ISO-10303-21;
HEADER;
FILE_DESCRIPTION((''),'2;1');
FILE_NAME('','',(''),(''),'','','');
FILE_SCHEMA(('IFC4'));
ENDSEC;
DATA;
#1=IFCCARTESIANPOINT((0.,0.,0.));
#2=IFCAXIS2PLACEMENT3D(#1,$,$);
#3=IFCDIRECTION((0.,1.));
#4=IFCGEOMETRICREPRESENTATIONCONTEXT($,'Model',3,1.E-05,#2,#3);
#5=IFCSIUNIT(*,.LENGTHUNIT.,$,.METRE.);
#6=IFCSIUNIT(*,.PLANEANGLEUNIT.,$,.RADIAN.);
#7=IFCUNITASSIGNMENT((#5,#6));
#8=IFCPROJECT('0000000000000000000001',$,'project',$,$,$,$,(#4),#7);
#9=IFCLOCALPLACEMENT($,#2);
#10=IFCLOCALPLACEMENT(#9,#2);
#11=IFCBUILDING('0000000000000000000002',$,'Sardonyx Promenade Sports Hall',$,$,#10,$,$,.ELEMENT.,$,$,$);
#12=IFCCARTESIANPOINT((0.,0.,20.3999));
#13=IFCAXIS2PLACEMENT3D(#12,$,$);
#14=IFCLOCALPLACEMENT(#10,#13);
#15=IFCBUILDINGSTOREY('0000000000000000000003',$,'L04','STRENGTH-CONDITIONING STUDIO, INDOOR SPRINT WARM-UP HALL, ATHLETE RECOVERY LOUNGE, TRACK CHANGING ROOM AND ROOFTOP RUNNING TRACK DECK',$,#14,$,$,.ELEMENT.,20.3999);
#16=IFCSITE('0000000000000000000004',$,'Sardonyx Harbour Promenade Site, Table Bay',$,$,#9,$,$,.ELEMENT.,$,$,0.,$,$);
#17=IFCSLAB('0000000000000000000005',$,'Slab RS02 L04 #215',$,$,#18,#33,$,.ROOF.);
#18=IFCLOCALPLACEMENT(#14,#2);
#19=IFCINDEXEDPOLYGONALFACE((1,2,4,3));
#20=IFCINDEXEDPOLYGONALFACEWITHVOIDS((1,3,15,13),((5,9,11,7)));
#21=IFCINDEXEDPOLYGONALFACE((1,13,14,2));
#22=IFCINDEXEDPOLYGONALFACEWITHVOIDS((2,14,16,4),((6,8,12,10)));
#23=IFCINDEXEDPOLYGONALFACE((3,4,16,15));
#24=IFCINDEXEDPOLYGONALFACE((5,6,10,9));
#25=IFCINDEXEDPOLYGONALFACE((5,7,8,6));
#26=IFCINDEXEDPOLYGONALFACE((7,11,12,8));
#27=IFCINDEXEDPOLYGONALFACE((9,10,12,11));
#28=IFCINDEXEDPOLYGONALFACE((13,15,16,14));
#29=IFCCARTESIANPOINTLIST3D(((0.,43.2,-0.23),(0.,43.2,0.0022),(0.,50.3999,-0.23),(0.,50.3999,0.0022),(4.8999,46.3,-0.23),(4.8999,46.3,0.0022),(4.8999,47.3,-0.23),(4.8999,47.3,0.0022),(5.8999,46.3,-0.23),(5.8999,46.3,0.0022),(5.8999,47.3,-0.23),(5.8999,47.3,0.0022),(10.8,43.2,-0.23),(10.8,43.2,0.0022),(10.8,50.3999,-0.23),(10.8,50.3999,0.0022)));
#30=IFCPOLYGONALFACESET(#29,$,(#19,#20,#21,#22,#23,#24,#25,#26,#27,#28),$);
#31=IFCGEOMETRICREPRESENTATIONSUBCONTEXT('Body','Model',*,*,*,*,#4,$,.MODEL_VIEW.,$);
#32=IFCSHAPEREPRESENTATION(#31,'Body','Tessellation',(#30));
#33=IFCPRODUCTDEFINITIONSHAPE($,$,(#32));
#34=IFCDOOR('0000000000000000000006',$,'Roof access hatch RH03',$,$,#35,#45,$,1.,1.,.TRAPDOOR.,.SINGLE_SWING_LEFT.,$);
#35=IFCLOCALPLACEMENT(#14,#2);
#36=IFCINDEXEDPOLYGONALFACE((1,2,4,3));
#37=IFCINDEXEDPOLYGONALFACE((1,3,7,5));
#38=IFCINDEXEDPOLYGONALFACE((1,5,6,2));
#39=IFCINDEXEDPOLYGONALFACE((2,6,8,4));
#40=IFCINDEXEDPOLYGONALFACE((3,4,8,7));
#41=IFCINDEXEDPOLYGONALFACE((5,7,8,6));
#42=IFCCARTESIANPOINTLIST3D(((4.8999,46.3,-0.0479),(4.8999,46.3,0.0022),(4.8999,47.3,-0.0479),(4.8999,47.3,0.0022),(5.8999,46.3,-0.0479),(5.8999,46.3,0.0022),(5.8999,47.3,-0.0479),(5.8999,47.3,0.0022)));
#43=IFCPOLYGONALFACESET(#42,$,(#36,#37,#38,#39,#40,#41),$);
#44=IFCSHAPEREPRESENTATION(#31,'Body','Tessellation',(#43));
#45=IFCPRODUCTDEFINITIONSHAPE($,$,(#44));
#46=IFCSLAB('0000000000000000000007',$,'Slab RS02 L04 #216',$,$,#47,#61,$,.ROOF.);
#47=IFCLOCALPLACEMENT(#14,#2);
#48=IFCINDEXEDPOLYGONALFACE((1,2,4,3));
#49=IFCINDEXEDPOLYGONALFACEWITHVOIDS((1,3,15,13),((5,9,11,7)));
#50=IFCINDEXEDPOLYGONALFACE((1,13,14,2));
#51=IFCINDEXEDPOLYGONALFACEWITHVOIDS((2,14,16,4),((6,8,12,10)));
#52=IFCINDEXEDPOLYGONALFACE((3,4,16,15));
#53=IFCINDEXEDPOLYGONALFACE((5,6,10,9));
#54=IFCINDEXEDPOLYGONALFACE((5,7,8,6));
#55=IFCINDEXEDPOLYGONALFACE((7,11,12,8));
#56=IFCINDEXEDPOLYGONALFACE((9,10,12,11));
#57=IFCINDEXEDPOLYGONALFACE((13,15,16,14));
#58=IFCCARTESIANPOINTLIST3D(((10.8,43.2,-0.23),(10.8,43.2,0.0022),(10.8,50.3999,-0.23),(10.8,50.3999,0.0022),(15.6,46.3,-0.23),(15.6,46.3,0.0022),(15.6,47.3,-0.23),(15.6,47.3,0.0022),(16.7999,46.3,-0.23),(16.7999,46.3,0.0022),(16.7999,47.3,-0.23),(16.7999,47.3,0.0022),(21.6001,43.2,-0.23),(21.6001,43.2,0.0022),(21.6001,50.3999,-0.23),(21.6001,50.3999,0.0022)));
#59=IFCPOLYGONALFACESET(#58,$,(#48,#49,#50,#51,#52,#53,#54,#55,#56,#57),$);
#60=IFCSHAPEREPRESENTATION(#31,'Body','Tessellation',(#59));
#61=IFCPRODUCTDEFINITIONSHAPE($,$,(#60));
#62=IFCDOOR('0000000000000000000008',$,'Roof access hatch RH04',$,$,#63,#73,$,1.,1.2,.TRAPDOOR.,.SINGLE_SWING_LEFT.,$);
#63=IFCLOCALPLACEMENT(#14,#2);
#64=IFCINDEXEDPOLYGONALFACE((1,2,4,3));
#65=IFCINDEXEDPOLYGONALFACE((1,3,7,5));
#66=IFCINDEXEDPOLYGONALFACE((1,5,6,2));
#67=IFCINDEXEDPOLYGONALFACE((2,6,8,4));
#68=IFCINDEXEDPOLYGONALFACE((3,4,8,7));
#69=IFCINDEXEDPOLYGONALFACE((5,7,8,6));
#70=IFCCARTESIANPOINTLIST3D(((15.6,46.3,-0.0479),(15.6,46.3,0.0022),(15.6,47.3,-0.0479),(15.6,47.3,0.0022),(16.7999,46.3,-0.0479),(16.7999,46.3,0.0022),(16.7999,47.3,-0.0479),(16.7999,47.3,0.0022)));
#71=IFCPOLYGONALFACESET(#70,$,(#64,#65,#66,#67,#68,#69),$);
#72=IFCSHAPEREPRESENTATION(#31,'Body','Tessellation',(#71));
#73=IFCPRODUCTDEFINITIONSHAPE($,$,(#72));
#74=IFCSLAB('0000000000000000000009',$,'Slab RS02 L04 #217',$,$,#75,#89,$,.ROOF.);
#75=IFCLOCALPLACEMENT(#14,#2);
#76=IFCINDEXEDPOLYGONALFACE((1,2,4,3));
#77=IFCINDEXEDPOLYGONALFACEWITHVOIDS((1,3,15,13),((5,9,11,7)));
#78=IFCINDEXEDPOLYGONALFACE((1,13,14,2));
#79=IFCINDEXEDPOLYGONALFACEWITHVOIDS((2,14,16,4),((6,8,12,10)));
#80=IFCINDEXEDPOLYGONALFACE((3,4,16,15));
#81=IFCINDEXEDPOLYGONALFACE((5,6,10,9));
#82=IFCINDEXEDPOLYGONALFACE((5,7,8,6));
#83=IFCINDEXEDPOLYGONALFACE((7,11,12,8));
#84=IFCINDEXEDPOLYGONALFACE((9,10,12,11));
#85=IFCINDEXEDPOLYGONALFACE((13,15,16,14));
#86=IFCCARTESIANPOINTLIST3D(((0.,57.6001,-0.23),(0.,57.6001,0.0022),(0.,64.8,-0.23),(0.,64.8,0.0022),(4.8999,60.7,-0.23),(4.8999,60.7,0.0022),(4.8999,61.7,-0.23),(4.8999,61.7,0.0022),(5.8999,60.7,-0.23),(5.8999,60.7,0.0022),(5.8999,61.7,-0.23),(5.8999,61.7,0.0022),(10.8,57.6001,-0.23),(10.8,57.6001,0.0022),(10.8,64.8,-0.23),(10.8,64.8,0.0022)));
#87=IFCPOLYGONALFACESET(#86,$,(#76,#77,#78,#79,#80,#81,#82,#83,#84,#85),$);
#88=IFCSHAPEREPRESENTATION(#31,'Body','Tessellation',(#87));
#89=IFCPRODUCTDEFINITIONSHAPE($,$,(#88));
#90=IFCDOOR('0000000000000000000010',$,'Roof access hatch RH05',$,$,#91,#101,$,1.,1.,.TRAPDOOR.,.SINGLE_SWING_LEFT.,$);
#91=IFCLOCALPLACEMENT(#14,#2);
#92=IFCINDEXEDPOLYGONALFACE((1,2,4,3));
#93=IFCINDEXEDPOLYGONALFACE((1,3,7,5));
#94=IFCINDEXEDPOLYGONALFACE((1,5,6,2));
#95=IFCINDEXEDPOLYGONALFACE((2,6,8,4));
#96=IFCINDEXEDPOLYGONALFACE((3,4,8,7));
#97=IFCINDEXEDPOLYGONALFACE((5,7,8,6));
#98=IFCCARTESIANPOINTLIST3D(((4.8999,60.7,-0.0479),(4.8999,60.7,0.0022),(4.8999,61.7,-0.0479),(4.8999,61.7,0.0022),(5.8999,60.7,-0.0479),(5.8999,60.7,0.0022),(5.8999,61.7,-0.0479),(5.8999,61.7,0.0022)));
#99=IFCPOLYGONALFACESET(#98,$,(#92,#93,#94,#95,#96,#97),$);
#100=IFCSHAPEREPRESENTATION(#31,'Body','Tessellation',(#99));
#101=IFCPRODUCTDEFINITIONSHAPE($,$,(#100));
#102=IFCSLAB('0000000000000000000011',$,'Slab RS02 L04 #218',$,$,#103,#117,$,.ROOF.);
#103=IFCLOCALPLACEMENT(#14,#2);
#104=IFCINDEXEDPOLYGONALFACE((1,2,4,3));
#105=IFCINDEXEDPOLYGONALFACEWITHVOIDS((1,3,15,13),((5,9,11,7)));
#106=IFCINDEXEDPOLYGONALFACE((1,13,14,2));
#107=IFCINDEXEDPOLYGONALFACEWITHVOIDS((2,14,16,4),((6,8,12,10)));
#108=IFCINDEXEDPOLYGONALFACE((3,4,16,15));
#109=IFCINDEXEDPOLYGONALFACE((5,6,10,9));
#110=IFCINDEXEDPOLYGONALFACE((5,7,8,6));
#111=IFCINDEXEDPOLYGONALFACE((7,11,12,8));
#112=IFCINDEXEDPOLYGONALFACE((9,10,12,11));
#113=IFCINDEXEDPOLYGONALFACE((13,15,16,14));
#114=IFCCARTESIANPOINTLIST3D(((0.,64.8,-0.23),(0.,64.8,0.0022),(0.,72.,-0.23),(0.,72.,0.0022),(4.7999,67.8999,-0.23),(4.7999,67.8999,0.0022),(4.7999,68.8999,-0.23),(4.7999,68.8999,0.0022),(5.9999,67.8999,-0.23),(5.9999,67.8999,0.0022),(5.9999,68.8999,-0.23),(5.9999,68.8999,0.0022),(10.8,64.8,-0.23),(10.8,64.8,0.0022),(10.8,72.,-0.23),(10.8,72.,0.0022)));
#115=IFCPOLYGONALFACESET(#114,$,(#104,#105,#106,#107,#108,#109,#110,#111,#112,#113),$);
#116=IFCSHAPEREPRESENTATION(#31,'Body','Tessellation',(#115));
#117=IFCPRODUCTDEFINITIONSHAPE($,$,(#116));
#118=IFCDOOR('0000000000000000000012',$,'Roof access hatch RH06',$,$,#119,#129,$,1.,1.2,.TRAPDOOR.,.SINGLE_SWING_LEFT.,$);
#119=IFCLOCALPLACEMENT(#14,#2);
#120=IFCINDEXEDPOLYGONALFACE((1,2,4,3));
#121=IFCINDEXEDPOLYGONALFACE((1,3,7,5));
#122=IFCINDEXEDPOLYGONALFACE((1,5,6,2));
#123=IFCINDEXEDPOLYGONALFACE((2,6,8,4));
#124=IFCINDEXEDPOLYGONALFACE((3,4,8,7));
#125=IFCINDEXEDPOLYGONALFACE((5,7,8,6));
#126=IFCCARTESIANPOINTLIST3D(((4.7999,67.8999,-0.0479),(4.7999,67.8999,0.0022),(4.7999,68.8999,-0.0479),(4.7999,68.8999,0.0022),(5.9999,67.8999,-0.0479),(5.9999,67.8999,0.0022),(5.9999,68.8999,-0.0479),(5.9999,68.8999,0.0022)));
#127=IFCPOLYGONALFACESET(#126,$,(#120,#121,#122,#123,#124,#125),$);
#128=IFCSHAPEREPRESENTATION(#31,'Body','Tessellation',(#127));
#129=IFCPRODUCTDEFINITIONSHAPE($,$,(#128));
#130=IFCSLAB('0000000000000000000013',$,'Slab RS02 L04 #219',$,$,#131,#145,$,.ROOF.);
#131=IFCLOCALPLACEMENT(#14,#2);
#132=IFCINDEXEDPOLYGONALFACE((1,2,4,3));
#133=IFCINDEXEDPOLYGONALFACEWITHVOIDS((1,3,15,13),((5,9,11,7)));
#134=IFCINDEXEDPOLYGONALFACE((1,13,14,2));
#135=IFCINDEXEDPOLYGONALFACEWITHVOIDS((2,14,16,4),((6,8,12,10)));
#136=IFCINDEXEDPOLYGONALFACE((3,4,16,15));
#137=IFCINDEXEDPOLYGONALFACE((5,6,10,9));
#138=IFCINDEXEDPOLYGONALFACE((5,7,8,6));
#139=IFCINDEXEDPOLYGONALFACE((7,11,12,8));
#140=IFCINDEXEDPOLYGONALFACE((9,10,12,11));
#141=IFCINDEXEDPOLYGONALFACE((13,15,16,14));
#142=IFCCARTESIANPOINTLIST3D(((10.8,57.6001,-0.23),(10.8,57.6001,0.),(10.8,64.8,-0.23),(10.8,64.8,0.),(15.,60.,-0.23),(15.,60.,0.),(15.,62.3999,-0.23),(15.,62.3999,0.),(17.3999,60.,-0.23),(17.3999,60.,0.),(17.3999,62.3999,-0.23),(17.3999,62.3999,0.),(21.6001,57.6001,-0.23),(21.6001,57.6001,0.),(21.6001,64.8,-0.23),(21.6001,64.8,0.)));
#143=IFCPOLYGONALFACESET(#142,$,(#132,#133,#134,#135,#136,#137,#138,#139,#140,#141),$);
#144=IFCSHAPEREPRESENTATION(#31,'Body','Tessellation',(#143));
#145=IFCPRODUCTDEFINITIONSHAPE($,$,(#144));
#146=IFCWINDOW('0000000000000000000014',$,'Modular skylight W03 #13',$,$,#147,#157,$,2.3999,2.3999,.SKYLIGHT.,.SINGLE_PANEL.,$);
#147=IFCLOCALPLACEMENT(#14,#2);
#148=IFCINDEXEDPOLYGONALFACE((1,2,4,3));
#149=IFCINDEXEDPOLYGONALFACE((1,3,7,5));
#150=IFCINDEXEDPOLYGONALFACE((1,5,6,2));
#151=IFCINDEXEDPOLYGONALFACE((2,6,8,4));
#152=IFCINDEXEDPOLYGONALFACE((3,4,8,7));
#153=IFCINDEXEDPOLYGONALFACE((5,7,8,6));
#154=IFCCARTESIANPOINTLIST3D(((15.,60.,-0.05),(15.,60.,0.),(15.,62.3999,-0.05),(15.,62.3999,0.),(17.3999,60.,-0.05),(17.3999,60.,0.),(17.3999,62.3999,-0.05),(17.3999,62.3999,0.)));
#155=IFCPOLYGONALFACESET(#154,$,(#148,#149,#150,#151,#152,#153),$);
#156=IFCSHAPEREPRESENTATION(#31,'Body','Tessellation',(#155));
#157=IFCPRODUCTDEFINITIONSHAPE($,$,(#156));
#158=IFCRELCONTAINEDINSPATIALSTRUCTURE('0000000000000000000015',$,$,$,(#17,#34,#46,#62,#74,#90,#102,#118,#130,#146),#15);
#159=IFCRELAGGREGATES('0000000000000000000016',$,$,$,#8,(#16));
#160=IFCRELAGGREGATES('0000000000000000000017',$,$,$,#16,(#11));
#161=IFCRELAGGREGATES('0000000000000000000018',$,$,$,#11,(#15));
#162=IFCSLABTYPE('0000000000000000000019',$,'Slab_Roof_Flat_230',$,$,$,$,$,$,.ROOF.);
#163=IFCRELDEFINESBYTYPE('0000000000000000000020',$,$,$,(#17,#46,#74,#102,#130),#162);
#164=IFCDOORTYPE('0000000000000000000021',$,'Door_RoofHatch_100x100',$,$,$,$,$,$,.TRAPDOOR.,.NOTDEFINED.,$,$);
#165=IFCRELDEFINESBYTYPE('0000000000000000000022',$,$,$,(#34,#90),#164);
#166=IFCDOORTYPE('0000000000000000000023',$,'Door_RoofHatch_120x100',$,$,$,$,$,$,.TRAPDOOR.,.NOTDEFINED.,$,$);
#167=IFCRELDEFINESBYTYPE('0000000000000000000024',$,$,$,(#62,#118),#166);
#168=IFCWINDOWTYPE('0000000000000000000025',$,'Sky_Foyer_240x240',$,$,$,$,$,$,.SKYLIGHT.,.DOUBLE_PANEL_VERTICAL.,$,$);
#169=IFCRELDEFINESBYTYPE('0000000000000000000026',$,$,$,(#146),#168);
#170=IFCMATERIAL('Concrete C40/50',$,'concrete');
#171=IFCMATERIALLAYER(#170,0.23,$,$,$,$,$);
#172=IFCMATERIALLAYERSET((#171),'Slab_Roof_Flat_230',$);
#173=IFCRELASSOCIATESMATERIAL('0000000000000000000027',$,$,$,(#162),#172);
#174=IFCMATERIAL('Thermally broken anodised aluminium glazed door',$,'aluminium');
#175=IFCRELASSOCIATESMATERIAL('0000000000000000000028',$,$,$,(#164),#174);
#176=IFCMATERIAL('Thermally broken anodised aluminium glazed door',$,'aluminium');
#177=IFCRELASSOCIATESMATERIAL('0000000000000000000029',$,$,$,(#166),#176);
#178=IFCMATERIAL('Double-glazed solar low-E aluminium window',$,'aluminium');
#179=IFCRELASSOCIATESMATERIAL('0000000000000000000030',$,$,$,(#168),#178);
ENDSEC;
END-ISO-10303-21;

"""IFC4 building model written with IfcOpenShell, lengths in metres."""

from ifc_helpers import new_model, si_unit, direction, frame, origin, origin_2d, place, context, subcontext, project, spatial, polyline, rectangle, outline, extrude, material, layer, layer_set, type_object, element, fill, save


model = new_model("IFC4")

# Units and contexts
model_context = context("Model", 3, precision=1e-05, world=origin(), true_north=direction((0.0, 1.0)))
body_context = subcontext(model_context, "Body", "Model", "MODEL_VIEW")
ifc_project = project(units=[si_unit("LENGTHUNIT", "METRE"), si_unit("PLANEANGLEUNIT", "RADIAN")], contexts=[model_context])

# Site, building, storey
site_placement = place(None, origin())
site = spatial("IfcSite", under=ifc_project, at=site_placement, Name="Sardonyx Harbour Promenade Site, Table Bay", CompositionType="ELEMENT", RefElevation=0.0)
building_placement = place(site_placement, origin())
building = spatial("IfcBuilding", under=site, at=building_placement, Name="Sardonyx Promenade Sports Hall", CompositionType="ELEMENT")
storey_placement = place(building_placement, frame((0.0, 0.0, 20.3999)))
storey = spatial("IfcBuildingStorey", under=building, at=storey_placement, Name="L04", Description="STRENGTH-CONDITIONING STUDIO, INDOOR SPRINT WARM-UP HALL, ATHLETE RECOVERY LOUNGE, TRACK CHANGING ROOM AND ROOFTOP RUNNING TRACK DECK", CompositionType="ELEMENT", Elevation=20.3999)

# Slabs, openings, doors
ifc_material_1 = material(Name="Concrete C40/50", Category="concrete")
ifc_layer_1 = layer(ifc_material_1, 0.23)
ifc_layer_set_1 = layer_set([ifc_layer_1], Name="Slab_Roof_Flat_230")
slab_type_1 = type_object("IfcSlabType", Name="Slab_Roof_Flat_230", PredefinedType="ROOF", material=ifc_layer_set_1)
ifc_material_2 = material(Name="Thermally broken anodised aluminium glazed door", Category="aluminium")
door_type_1 = type_object("IfcDoorType", Name="Door_RoofHatch_100x100", OperationType="NOTDEFINED", PredefinedType="TRAPDOOR", material=ifc_material_2)
ifc_material_3 = material(Name="Thermally broken anodised aluminium glazed door", Category="aluminium")
door_type_2 = type_object("IfcDoorType", Name="Door_RoofHatch_120x100", OperationType="NOTDEFINED", PredefinedType="TRAPDOOR", material=ifc_material_3)
slab_1_placement = place(storey_placement, frame((0.0, 0.0, -0.23)))
slab_1 = element("IfcSlab", 1, at=slab_1_placement, inside=storey, type_object=slab_type_1, Name="Slab RS02 L04 #215", PredefinedType="ROOF", context=body_context, shape_type="SweptSolid", body=[
    extrude(outline(polyline([(0.0, 43.2), (10.8, 43.2), (10.8, 50.3999), (0.0, 50.3999), (0.0, 43.2)])), origin(), (0.0, 0.0, 1.0), 0.2322),
])
opening_1_placement = place(slab_1_placement, frame((5.3999, 46.8, 0.0)))
opening_1 = element("IfcOpeningElement", 2, at=opening_1_placement, cuts=slab_1, PredefinedType="OPENING", context=body_context, shape_type="SweptSolid", body=[
    extrude(rectangle(XDim=1.0, YDim=1.0, at=origin_2d()), origin(), (0.0, 0.0, 1.0), 0.2322),
])
door_1_placement = place(opening_1_placement, frame((0.0, 0.0, 0.1821)))
door_1 = element("IfcDoor", 3, at=door_1_placement, inside=storey, type_object=door_type_1, Name="Roof access hatch RH03", OperationType="SINGLE_SWING_LEFT", OverallHeight=1.0, OverallWidth=1.0, PredefinedType="TRAPDOOR", context=body_context, shape_type="SweptSolid", body=[
    extrude(rectangle(XDim=1.0, YDim=1.0, at=origin_2d()), origin(), (0.0, 0.0, 1.0), 0.05),
])
fill(opening_1, door_1)
slab_2_placement = place(storey_placement, frame((0.0, 0.0, -0.23)))
slab_2 = element("IfcSlab", 4, at=slab_2_placement, inside=storey, type_object=slab_type_1, Name="Slab RS02 L04 #216", PredefinedType="ROOF", context=body_context, shape_type="SweptSolid", body=[
    extrude(outline(polyline([(10.8, 43.2), (21.6001, 43.2), (21.6001, 50.3999), (10.8, 50.3999), (10.8, 43.2)])), origin(), (0.0, 0.0, 1.0), 0.2322),
])
opening_2_placement = place(slab_2_placement, frame((16.2, 46.8, 0.0)))
opening_2 = element("IfcOpeningElement", 5, at=opening_2_placement, cuts=slab_2, PredefinedType="OPENING", context=body_context, shape_type="SweptSolid", body=[
    extrude(rectangle(XDim=1.2, YDim=1.0, at=origin_2d()), origin(), (0.0, 0.0, 1.0), 0.2322),
])
door_2_placement = place(opening_2_placement, frame((0.0, 0.0, 0.1821)))
door_2 = element("IfcDoor", 6, at=door_2_placement, inside=storey, type_object=door_type_2, Name="Roof access hatch RH04", OperationType="SINGLE_SWING_LEFT", OverallHeight=1.0, OverallWidth=1.2, PredefinedType="TRAPDOOR", context=body_context, shape_type="SweptSolid", body=[
    extrude(rectangle(XDim=1.2, YDim=1.0, at=origin_2d()), origin(), (0.0, 0.0, 1.0), 0.05),
])
fill(opening_2, door_2)
slab_3_placement = place(storey_placement, frame((0.0, 0.0, -0.23)))
slab_3 = element("IfcSlab", 7, at=slab_3_placement, inside=storey, type_object=slab_type_1, Name="Slab RS02 L04 #217", PredefinedType="ROOF", context=body_context, shape_type="SweptSolid", body=[
    extrude(outline(polyline([(0.0, 57.6001), (10.8, 57.6001), (10.8, 64.8), (0.0, 64.8), (0.0, 57.6001)])), origin(), (0.0, 0.0, 1.0), 0.2322),
])
opening_3_placement = place(slab_3_placement, frame((5.3999, 61.2, 0.0)))
opening_3 = element("IfcOpeningElement", 8, at=opening_3_placement, cuts=slab_3, PredefinedType="OPENING", context=body_context, shape_type="SweptSolid", body=[
    extrude(rectangle(XDim=1.0, YDim=1.0, at=origin_2d()), origin(), (0.0, 0.0, 1.0), 0.2322),
])
door_3_placement = place(opening_3_placement, frame((0.0, 0.0, 0.1821)))
door_3 = element("IfcDoor", 9, at=door_3_placement, inside=storey, type_object=door_type_1, Name="Roof access hatch RH05", OperationType="SINGLE_SWING_LEFT", OverallHeight=1.0, OverallWidth=1.0, PredefinedType="TRAPDOOR", context=body_context, shape_type="SweptSolid", body=[
    extrude(rectangle(XDim=1.0, YDim=1.0, at=origin_2d()), origin(), (0.0, 0.0, 1.0), 0.05),
])
fill(opening_3, door_3)
slab_4_placement = place(storey_placement, frame((0.0, 0.0, -0.23)))
slab_4 = element("IfcSlab", 10, at=slab_4_placement, inside=storey, type_object=slab_type_1, Name="Slab RS02 L04 #218", PredefinedType="ROOF", context=body_context, shape_type="SweptSolid", body=[
    extrude(outline(polyline([(0.0, 64.8), (10.8, 64.8), (10.8, 72.0), (0.0, 72.0), (0.0, 64.8)])), origin(), (0.0, 0.0, 1.0), 0.2322),
])
opening_4_placement = place(slab_4_placement, frame((5.3999, 68.3999, 0.0)))
opening_4 = element("IfcOpeningElement", 11, at=opening_4_placement, cuts=slab_4, PredefinedType="OPENING", context=body_context, shape_type="SweptSolid", body=[
    extrude(rectangle(XDim=1.2, YDim=1.0, at=origin_2d()), origin(), (0.0, 0.0, 1.0), 0.2322),
])
door_4_placement = place(opening_4_placement, frame((0.0, 0.0, 0.1821)))
door_4 = element("IfcDoor", 12, at=door_4_placement, inside=storey, type_object=door_type_2, Name="Roof access hatch RH06", OperationType="SINGLE_SWING_LEFT", OverallHeight=1.0, OverallWidth=1.2, PredefinedType="TRAPDOOR", context=body_context, shape_type="SweptSolid", body=[
    extrude(rectangle(XDim=1.2, YDim=1.0, at=origin_2d()), origin(), (0.0, 0.0, 1.0), 0.05),
])
fill(opening_4, door_4)

# Slab, opening, window
slab_5_placement = place(storey_placement, frame((0.0, 0.0, -0.23)))
slab_5 = element("IfcSlab", 13, at=slab_5_placement, inside=storey, type_object=slab_type_1, Name="Slab RS02 L04 #219", PredefinedType="ROOF", context=body_context, shape_type="SweptSolid", body=[
    extrude(outline(polyline([(10.8, 57.6001), (21.6001, 57.6001), (21.6001, 64.8), (10.8, 64.8), (10.8, 57.6001)])), origin(), (0.0, 0.0, 1.0), 0.23),
])
opening_5_placement = place(slab_5_placement, frame((16.2, 61.2, 0.0)))
opening_5 = element("IfcOpeningElement", 14, at=opening_5_placement, cuts=slab_5, PredefinedType="OPENING", context=body_context, shape_type="SweptSolid", body=[
    extrude(rectangle(XDim=2.3999, YDim=2.3999, at=origin_2d()), origin(), (0.0, 0.0, 1.0), 0.23),
])
ifc_material_4 = material(Name="Double-glazed solar low-E aluminium window", Category="aluminium")
window_type_1 = type_object("IfcWindowType", Name="Sky_Foyer_240x240", PartitioningType="DOUBLE_PANEL_VERTICAL", PredefinedType="SKYLIGHT", material=ifc_material_4)
window_1_placement = place(opening_5_placement, frame((0.0, 0.0, 0.1799)))
window_1 = element("IfcWindow", 15, at=window_1_placement, inside=storey, type_object=window_type_1, Name="Modular skylight W03 #13", OverallHeight=2.3999, OverallWidth=2.3999, PartitioningType="SINGLE_PANEL", PredefinedType="SKYLIGHT", context=body_context, shape_type="SweptSolid", body=[
    extrude(rectangle(XDim=2.3999, YDim=2.3999, at=origin_2d()), origin(), (0.0, 0.0, 1.0), 0.05),
])
fill(opening_5, window_1)

save(model, "model.ifc")
